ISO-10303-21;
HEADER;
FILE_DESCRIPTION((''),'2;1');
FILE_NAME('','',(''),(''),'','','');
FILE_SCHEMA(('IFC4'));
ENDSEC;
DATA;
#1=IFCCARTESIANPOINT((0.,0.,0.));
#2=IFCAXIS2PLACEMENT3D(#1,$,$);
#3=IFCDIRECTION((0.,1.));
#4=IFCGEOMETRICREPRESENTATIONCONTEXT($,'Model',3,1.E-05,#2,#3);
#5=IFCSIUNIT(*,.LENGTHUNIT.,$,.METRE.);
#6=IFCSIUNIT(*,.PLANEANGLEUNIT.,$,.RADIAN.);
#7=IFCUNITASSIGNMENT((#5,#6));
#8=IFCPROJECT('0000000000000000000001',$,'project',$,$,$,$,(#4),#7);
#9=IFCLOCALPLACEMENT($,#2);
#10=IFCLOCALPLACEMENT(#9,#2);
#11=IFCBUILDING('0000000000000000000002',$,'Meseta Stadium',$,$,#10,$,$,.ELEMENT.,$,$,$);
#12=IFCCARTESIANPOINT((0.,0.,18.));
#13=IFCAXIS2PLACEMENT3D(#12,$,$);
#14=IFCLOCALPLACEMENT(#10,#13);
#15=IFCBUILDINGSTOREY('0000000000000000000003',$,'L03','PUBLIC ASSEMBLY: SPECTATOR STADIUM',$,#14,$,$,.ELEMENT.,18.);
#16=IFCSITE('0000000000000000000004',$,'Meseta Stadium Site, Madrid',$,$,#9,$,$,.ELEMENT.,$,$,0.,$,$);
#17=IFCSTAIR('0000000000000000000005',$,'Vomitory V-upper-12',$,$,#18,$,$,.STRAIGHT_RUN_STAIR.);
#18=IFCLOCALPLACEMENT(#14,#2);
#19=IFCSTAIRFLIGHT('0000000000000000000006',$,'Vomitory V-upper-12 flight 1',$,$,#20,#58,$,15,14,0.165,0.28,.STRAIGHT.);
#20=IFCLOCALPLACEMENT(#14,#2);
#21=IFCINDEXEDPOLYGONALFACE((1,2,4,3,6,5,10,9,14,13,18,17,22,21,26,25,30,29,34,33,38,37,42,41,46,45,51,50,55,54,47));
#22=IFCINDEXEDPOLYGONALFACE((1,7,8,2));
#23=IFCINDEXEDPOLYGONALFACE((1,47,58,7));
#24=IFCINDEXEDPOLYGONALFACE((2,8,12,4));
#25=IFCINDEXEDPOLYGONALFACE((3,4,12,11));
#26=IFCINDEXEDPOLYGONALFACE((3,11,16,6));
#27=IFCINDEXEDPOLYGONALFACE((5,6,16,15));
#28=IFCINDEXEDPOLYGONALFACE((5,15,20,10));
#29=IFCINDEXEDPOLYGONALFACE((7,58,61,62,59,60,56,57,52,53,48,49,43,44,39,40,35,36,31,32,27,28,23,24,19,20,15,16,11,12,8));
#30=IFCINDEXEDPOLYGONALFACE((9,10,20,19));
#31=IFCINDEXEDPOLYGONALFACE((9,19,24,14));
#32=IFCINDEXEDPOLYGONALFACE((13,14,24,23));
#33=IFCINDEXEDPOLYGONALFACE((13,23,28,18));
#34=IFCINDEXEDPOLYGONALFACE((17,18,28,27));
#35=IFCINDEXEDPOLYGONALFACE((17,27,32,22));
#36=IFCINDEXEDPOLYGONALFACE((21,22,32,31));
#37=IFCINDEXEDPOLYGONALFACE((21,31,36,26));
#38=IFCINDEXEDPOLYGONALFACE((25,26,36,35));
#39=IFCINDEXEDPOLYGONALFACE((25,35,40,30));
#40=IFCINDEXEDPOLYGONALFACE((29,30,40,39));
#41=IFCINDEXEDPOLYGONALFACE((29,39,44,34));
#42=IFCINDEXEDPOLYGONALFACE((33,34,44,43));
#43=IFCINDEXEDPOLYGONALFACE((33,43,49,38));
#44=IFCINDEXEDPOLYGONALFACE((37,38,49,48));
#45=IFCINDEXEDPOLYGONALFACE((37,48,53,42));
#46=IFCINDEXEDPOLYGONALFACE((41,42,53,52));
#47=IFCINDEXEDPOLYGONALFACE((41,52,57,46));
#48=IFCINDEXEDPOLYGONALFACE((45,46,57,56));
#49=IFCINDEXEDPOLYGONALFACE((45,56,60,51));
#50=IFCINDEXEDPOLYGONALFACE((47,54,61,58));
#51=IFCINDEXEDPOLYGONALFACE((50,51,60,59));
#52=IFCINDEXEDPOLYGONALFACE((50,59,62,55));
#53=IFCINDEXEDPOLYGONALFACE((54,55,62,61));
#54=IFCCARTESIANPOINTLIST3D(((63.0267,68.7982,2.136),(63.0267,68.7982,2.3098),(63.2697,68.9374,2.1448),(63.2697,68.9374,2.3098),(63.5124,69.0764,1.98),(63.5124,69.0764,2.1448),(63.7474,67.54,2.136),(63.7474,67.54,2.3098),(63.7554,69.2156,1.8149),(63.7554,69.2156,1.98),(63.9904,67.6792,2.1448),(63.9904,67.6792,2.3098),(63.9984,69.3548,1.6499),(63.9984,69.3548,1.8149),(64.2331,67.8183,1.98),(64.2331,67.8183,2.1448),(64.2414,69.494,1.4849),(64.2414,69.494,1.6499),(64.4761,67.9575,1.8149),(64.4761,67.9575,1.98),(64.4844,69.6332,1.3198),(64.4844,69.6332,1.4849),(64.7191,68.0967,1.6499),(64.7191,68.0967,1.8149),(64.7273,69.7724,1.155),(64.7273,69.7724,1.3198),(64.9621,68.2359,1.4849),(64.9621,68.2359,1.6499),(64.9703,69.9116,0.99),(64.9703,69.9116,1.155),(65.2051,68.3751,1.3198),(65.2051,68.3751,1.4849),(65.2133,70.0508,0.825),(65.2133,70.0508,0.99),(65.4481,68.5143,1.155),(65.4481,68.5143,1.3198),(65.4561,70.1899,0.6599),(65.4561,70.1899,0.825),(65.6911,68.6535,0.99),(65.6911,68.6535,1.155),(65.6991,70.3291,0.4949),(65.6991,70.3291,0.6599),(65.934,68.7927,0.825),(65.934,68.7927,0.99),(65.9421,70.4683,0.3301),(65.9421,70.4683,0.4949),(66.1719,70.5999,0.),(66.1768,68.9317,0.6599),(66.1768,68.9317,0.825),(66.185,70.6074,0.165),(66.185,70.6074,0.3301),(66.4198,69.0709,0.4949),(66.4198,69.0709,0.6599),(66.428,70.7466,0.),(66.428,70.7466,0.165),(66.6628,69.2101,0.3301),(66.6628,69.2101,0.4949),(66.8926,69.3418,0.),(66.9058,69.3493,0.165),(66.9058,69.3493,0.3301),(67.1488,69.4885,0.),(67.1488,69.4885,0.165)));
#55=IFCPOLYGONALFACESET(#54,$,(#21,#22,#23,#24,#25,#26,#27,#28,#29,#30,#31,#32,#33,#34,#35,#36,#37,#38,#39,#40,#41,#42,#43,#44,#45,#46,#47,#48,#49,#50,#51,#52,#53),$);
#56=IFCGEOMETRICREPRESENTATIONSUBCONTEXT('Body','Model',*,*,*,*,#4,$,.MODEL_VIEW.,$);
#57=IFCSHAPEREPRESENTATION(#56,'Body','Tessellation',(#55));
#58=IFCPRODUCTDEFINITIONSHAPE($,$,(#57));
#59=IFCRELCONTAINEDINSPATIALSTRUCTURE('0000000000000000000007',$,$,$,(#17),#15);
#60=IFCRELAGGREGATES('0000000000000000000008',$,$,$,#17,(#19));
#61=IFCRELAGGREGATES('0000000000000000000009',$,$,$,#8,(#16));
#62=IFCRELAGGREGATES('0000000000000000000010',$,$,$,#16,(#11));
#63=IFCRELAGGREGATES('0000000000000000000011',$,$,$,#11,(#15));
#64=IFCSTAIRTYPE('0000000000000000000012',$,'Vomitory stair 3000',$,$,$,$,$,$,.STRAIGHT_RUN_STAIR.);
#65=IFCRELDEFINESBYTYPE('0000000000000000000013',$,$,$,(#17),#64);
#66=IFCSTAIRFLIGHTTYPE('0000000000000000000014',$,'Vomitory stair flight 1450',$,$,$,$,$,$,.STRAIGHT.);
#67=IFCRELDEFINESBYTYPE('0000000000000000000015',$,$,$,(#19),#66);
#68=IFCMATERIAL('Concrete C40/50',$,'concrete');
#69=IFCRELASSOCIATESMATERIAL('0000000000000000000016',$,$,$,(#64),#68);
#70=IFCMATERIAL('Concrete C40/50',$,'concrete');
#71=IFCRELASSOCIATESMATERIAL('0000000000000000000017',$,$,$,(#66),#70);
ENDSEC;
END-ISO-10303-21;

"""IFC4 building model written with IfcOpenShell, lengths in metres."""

from ifc_helpers import new_model, si_unit, direction, frame, origin, place, context, subcontext, project, spatial, polyline, outline, extrude, material, type_object, element, aggregate, save


model = new_model("IFC4")

# Units and contexts
model_context = context("Model", 3, precision=1e-05, world=origin(), true_north=direction((0.0, 1.0)))
body_context = subcontext(model_context, "Body", "Model", "MODEL_VIEW")
ifc_project = project(units=[si_unit("LENGTHUNIT", "METRE"), si_unit("PLANEANGLEUNIT", "RADIAN")], contexts=[model_context])

# Site, building, storey
site_placement = place(None, origin())
site = spatial("IfcSite", under=ifc_project, at=site_placement, Name="Meseta Stadium Site, Madrid", CompositionType="ELEMENT", RefElevation=0.0)
building_placement = place(site_placement, origin())
building = spatial("IfcBuilding", under=site, at=building_placement, Name="Meseta Stadium", CompositionType="ELEMENT")
storey_placement = place(building_placement, frame((0.0, 0.0, 18.0)))
storey = spatial("IfcBuildingStorey", under=building, at=storey_placement, Name="L03", Description="PUBLIC ASSEMBLY: SPECTATOR STADIUM", CompositionType="ELEMENT", Elevation=18.0)

# Shared definitions
ifc_material_1 = material(Name="Concrete C40/50", Category="concrete")
stair_type = type_object("IfcStairType", Name="Vomitory stair 3000", PredefinedType="STRAIGHT_RUN_STAIR", material=ifc_material_1)
ifc_material_2 = material(Name="Concrete C40/50", Category="concrete")
stair_flight_type = type_object("IfcStairFlightType", Name="Vomitory stair flight 1450", PredefinedType="STRAIGHT", material=ifc_material_2)

# Stair, stair flight
stair_1_placement = place(storey_placement, origin())
stair_1 = element("IfcStair", 1, at=stair_1_placement, inside=storey, type_object=stair_type, Name="Vomitory V-upper-12", PredefinedType="STRAIGHT_RUN_STAIR")
stair_flight_1_placement = place(storey_placement, frame((66.7883, 70.1177, 0.0), z_axis=(0.0, 0.0, 1.0), x_axis=(-0.867712, -0.497068, 0.0)))
stair_flight_1 = element("IfcStairFlight", 2, at=stair_flight_1_placement, type_object=stair_flight_type, Name="Vomitory V-upper-12 flight 1", NumberOfRisers=15, NumberOfTreads=14, PredefinedType="STRAIGHT", RiserHeight=0.165, TreadLength=0.28, context=body_context, shape_type="SweptSolid", body=[
    extrude(outline(polyline([(0.0, 0.0), (0.0, 0.165), (0.28, 0.165), (0.28, 0.3301), (0.5601, 0.3301), (0.5601, 0.4949), (0.8401, 0.4949), (0.8401, 0.6599), (1.1201, 0.6599), (1.1201, 0.825), (1.3999, 0.825), (1.3999, 0.99), (1.6799, 0.99), (1.6799, 1.155), (1.96, 1.155), (1.96, 1.3198), (2.24, 1.3198), (2.24, 1.4849), (2.52, 1.4849), (2.52, 1.6499), (2.8, 1.6499), (2.8, 1.8149), (3.0801, 1.8149), (3.0801, 1.98), (3.3601, 1.98), (3.3601, 2.1448), (3.6399, 2.1448), (3.6399, 2.3098), (3.9199, 2.3098), (3.9199, 2.136), (0.2952, 0.0), (0.0, 0.0)])), frame((0.0, 0.7251, 0.0), z_axis=(0.0, -1.0, 0.0), x_axis=(1.0, 0.0, 0.0)), (0.0, 0.0, 1.0), 1.45),
])
aggregate(stair_1, [stair_flight_1])

save(model, "model.ifc")
